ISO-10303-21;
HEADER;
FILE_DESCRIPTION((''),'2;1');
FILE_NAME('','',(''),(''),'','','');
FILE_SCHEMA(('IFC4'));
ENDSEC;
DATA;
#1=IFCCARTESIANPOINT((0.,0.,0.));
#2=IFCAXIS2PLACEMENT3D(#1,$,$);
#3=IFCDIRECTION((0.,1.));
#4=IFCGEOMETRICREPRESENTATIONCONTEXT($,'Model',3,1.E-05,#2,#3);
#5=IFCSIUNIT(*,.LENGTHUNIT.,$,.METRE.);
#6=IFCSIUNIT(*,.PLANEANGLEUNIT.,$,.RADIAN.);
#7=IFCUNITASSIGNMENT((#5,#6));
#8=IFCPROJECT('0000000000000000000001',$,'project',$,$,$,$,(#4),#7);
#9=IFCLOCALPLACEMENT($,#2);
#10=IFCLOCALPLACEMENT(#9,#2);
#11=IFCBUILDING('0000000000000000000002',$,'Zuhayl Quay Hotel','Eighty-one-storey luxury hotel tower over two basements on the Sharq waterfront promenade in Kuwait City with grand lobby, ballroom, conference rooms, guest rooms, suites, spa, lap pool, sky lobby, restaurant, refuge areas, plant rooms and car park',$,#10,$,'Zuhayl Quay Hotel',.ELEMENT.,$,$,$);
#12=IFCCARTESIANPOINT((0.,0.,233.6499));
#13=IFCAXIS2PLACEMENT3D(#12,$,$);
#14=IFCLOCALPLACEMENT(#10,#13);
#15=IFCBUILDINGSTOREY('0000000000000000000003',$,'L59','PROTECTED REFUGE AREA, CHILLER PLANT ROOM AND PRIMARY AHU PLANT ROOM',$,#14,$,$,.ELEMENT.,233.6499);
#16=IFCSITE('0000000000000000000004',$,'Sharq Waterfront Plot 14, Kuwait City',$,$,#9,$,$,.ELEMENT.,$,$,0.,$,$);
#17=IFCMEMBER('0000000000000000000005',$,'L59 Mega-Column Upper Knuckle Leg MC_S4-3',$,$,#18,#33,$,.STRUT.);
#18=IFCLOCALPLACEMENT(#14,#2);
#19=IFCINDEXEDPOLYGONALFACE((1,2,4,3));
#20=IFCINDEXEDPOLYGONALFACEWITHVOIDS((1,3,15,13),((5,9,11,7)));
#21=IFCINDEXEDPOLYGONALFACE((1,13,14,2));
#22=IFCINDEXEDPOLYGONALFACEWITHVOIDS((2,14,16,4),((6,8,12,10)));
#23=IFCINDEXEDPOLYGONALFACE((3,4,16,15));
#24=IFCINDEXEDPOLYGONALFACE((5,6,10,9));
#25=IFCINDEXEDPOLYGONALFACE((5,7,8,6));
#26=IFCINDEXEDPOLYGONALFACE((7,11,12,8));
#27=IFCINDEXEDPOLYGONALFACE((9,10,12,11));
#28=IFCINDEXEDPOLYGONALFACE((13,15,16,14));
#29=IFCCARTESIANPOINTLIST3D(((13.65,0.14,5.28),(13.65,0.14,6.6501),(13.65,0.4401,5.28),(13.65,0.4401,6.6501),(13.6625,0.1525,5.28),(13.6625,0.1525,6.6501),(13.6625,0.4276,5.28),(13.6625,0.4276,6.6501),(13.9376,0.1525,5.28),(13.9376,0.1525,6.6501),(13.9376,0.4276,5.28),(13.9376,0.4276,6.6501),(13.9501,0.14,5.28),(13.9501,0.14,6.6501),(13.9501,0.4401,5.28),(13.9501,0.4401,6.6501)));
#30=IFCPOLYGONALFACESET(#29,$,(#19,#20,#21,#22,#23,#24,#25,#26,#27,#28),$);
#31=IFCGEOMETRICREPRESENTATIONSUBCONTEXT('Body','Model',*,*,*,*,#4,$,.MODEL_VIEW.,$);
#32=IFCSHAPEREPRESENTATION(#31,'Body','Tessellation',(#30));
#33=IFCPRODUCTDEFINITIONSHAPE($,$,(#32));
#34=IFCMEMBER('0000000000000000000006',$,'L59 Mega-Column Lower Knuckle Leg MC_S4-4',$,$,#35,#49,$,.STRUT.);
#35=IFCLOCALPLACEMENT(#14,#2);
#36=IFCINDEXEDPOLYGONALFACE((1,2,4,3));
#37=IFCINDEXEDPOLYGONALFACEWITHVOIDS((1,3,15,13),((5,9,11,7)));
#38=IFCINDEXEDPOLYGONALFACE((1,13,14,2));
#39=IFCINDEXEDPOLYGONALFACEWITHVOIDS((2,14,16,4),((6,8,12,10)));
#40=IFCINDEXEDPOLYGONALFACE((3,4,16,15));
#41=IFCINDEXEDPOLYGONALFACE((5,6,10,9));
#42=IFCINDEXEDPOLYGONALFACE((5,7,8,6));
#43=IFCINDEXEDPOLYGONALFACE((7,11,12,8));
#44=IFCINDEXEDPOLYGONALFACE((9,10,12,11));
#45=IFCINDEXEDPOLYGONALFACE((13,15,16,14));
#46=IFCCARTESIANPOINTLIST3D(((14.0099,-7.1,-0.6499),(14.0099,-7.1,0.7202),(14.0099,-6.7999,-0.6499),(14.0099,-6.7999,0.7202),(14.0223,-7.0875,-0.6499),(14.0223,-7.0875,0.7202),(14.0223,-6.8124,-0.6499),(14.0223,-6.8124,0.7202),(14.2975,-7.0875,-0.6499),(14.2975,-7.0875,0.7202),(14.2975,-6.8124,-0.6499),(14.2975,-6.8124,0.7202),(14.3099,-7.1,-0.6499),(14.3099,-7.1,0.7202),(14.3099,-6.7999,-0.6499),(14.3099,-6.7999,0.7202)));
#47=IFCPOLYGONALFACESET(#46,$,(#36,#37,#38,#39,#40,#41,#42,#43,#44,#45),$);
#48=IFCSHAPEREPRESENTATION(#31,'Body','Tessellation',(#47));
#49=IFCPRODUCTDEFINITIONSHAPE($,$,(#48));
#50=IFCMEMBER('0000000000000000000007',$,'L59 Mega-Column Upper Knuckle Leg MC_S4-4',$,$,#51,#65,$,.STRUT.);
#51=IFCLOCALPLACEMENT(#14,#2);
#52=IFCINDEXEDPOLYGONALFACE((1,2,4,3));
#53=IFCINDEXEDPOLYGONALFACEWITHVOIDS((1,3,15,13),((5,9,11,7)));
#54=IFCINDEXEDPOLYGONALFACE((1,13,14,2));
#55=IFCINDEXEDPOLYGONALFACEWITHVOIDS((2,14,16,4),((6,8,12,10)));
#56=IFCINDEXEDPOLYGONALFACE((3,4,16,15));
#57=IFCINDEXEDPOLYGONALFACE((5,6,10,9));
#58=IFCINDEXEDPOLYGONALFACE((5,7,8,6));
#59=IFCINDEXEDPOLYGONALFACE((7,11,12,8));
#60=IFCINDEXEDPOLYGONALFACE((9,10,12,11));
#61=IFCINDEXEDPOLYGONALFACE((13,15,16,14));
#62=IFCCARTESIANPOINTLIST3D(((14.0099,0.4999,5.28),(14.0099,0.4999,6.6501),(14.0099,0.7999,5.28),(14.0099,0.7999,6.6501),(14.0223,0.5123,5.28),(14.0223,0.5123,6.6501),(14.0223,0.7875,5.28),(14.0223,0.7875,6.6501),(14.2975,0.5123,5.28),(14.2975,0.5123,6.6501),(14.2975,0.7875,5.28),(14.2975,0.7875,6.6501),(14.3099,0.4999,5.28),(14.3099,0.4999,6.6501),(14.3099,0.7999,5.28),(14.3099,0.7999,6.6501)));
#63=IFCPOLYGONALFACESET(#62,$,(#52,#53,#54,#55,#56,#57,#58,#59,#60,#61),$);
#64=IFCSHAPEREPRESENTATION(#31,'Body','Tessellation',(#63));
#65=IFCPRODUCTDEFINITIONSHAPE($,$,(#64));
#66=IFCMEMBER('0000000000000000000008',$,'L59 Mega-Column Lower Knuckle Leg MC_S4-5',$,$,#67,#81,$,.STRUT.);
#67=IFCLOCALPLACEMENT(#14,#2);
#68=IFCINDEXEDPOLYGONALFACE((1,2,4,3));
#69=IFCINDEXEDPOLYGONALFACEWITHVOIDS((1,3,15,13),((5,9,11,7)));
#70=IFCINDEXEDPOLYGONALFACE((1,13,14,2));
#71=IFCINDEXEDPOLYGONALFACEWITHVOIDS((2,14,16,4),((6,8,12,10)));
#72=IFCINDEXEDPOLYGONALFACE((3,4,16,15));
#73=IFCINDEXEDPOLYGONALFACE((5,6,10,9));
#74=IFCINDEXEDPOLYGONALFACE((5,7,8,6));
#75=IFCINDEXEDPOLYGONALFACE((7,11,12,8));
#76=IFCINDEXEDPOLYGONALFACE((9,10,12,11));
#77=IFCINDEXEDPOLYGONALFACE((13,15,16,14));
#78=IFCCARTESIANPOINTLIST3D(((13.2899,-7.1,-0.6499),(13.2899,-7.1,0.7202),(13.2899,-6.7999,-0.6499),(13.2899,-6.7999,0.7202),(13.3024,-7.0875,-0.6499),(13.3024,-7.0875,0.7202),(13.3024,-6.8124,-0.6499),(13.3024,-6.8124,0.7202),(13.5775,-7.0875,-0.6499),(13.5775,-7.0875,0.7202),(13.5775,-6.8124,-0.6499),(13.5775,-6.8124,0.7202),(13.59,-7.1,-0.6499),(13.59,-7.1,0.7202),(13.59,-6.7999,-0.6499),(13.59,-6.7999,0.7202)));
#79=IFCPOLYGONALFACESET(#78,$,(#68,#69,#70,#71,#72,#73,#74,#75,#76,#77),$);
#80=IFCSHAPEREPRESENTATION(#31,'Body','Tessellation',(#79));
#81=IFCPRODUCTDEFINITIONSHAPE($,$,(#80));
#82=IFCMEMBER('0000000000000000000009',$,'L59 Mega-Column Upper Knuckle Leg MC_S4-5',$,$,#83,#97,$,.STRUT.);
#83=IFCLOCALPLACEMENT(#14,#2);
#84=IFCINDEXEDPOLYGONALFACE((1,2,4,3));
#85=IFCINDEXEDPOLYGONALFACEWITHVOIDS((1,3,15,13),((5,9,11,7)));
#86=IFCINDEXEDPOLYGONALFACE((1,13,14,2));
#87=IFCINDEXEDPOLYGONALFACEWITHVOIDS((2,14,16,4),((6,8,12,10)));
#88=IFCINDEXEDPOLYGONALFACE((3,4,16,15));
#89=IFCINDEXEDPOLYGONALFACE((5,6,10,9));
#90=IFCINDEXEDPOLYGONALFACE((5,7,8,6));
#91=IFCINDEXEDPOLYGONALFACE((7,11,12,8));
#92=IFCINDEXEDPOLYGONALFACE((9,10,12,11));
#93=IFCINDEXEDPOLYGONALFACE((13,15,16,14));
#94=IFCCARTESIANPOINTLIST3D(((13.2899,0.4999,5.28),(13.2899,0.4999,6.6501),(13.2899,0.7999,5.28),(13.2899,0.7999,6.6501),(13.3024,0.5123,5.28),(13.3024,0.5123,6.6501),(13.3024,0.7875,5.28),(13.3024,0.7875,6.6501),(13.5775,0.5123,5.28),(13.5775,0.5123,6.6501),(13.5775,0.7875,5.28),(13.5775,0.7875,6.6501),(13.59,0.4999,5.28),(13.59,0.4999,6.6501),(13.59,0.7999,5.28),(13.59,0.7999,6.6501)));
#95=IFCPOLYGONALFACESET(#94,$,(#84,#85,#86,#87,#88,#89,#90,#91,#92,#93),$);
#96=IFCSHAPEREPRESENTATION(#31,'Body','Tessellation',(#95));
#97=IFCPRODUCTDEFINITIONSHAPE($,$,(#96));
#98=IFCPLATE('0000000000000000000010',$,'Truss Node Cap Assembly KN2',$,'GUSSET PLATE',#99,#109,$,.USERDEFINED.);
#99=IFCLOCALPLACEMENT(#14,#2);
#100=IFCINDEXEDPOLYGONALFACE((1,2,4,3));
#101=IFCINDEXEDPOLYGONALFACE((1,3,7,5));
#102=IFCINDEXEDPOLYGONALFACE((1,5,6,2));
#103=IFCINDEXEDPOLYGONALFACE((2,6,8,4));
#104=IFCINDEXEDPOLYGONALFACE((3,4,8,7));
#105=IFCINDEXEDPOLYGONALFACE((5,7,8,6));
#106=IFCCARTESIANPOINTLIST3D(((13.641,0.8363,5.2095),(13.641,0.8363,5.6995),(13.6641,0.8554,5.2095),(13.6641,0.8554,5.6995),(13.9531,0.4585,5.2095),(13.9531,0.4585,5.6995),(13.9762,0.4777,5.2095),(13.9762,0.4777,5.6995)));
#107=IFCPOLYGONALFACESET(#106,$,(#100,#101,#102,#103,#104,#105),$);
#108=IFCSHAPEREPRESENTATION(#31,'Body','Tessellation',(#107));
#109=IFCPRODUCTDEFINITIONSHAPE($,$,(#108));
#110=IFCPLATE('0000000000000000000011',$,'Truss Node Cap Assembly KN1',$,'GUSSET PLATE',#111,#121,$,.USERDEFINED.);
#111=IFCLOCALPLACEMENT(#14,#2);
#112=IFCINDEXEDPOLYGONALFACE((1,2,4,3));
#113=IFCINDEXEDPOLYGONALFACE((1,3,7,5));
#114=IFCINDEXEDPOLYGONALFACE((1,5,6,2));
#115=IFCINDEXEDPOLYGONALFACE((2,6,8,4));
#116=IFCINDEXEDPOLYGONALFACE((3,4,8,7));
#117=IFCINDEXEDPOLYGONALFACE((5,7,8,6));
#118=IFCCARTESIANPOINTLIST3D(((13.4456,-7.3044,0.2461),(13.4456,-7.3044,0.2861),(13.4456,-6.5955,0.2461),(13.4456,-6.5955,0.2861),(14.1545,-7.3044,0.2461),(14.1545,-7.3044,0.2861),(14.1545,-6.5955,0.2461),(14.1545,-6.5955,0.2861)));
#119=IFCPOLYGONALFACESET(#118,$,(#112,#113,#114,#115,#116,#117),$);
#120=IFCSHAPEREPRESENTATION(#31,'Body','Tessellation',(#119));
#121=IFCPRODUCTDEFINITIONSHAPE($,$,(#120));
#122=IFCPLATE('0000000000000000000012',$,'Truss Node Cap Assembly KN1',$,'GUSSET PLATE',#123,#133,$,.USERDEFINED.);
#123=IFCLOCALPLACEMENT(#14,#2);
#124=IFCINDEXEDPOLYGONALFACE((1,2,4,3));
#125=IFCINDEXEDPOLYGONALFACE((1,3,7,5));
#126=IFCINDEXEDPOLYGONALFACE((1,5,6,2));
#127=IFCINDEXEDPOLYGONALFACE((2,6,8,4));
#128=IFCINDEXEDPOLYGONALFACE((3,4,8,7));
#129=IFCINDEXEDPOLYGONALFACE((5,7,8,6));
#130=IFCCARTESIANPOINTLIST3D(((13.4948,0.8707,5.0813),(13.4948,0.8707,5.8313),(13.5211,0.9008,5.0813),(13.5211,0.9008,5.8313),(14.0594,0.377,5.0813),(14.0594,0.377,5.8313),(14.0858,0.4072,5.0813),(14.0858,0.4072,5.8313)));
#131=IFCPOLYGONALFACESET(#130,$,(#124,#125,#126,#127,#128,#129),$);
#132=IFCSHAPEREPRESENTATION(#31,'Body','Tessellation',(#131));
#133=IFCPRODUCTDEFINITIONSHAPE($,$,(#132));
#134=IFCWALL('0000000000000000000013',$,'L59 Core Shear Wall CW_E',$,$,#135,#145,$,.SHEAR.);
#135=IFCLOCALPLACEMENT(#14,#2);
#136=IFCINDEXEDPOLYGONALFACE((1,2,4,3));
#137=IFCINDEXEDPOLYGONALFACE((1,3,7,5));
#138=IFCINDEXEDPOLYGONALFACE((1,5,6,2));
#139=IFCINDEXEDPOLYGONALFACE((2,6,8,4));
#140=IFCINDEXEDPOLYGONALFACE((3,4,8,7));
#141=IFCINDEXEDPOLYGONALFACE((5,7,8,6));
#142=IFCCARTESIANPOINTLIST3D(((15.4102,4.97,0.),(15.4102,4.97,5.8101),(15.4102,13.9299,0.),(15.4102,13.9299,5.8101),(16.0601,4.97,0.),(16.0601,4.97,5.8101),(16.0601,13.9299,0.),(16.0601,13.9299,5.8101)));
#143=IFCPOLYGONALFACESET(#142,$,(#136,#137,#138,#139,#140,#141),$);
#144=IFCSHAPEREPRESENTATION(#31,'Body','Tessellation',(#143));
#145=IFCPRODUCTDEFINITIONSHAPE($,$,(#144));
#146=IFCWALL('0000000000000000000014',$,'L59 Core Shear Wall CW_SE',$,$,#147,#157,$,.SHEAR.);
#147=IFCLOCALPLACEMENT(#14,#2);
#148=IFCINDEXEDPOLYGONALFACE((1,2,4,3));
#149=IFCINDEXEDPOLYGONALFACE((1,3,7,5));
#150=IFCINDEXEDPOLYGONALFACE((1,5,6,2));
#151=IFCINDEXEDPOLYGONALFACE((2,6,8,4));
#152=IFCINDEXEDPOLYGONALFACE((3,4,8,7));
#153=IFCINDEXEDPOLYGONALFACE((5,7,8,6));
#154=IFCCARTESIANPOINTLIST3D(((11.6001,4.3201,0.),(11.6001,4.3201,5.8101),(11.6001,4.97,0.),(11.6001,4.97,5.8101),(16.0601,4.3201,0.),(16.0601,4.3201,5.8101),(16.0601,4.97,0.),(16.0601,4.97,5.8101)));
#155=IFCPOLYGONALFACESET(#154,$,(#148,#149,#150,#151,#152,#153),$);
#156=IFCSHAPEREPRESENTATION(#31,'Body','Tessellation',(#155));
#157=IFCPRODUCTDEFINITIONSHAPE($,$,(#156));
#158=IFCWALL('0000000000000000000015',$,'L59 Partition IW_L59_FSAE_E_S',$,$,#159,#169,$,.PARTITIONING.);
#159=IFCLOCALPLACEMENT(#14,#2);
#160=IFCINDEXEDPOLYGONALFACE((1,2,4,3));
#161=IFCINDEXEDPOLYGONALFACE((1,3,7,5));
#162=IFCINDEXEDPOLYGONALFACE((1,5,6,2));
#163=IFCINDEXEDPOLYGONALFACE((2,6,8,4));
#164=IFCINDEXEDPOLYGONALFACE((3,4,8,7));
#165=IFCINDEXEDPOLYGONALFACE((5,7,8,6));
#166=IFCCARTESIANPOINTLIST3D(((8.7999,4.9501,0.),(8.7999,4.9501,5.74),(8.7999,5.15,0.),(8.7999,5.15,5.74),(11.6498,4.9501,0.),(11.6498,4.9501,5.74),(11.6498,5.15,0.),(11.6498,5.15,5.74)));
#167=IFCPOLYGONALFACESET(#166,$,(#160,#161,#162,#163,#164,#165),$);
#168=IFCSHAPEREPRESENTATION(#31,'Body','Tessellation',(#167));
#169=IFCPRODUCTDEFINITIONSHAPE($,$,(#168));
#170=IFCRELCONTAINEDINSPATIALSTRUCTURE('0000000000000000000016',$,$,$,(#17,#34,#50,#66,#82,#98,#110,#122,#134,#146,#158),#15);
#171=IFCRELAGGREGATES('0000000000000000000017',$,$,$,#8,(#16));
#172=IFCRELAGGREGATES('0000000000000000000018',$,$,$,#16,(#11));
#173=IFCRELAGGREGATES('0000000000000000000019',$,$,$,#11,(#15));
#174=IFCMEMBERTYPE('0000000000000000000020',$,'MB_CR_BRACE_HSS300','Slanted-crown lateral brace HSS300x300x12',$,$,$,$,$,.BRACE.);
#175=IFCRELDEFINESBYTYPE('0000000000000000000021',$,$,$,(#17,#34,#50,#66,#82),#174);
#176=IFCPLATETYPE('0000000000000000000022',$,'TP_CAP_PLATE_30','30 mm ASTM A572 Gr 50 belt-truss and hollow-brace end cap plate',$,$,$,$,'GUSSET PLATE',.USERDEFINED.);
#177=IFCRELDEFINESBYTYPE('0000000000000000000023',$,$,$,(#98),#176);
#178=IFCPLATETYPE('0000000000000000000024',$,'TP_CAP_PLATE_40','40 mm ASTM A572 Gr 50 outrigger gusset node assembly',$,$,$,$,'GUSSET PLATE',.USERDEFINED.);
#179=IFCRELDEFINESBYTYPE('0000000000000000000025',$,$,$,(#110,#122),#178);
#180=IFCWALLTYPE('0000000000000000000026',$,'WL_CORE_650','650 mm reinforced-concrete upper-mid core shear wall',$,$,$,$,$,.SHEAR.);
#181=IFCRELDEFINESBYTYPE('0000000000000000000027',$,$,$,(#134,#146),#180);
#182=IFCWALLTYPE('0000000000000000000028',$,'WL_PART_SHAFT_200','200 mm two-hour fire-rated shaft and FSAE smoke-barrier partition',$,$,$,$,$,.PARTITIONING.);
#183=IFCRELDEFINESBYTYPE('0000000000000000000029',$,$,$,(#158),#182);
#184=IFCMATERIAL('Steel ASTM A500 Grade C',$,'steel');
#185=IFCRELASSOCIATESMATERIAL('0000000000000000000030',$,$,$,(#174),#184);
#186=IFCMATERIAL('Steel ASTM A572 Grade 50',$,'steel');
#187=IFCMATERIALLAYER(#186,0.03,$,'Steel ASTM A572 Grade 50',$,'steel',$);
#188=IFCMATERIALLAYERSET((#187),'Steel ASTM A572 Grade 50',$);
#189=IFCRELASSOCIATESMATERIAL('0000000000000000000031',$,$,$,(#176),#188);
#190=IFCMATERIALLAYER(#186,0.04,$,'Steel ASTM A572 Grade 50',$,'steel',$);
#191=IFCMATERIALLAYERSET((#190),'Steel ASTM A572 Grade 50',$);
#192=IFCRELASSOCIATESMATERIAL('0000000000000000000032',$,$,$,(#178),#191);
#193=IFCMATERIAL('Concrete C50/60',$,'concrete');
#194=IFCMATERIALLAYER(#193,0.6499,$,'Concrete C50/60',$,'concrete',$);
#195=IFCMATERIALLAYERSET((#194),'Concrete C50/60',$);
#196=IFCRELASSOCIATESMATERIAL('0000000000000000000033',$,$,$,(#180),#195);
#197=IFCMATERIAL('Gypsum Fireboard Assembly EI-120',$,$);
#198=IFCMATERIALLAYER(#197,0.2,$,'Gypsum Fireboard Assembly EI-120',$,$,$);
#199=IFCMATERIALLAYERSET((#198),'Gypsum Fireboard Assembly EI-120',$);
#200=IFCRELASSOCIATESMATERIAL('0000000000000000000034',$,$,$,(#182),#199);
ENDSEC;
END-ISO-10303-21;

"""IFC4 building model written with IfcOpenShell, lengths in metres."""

from ifc_helpers import new_model, si_unit, direction, frame, frame_2d, origin, origin_2d, place, context, subcontext, project, spatial, rectangle, hollow_rectangle, extrude, material, layer, layer_set, material_profile, profile_set, type_object, element, save


model = new_model("IFC4")

# Units and contexts
model_context = context("Model", 3, precision=1e-05, world=origin(), true_north=direction((0.0, 1.0)))
body_context = subcontext(model_context, "Body", "Model", "MODEL_VIEW")
ifc_project = project(units=[si_unit("LENGTHUNIT", "METRE"), si_unit("PLANEANGLEUNIT", "RADIAN")], contexts=[model_context])

# Site, building, storey
site_placement = place(None, origin())
site = spatial("IfcSite", under=ifc_project, at=site_placement, Name="Sharq Waterfront Plot 14, Kuwait City", CompositionType="ELEMENT", RefElevation=0.0)
building_placement = place(site_placement, origin())
building = spatial("IfcBuilding", under=site, at=building_placement, Name="Zuhayl Quay Hotel", Description="Eighty-one-storey luxury hotel tower over two basements on the Sharq waterfront promenade in Kuwait City with grand lobby, ballroom, conference rooms, guest rooms, suites, spa, lap pool, sky lobby, restaurant, refuge areas, plant rooms and car park", LongName="Zuhayl Quay Hotel", CompositionType="ELEMENT")
storey_placement = place(building_placement, frame((0.0, 0.0, 233.6499)))
storey = spatial("IfcBuildingStorey", under=building, at=storey_placement, Name="L59", Description="PROTECTED REFUGE AREA, CHILLER PLANT ROOM AND PRIMARY AHU PLANT ROOM", CompositionType="ELEMENT", Elevation=233.6499)

# Members
ifc_material_1 = material(Name="Steel ASTM A500 Grade C", Category="steel")
ifc_material_profile_1 = material_profile(ifc_material_1, hollow_rectangle(XDim=0.3, YDim=0.3, WallThickness=0.0125, at=origin_2d()), Name="HSS300X300X12")
ifc_profile_set_1 = profile_set([ifc_material_profile_1], Name="Steel ASTM A500 Grade C")
member_type = type_object("IfcMemberType", Name="MB_CR_BRACE_HSS300", Description="Slanted-crown lateral brace HSS300x300x12", PredefinedType="BRACE", material=ifc_profile_set_1)
for number, where, z_axis, x_axis, name in (
    (1, (13.8, 0.29, 5.28), (0.0, 0.0, 1.0), (1.0, 0.0, 0.0), "L59 Mega-Column Upper Knuckle Leg MC_S4-3"),
    (2, (14.1599, -6.95, -0.6499), (0.0, 0.0, 1.0), (1.0, 0.0, 0.0), "L59 Mega-Column Lower Knuckle Leg MC_S4-4"),
    (3, (14.1599, 0.6499, 5.28), (0.0, 0.0, 1.0), (1.0, 0.0, 0.0), "L59 Mega-Column Upper Knuckle Leg MC_S4-4"),
    (4, (13.4399, -6.95, -0.6499), (0.0, 0.0, 1.0), (1.0, 0.0, 0.0), "L59 Mega-Column Lower Knuckle Leg MC_S4-5"),
    (5, (13.4399, 0.6499, 5.28), (0.0, 0.0, 1.0), (1.0, 0.0, 0.0), "L59 Mega-Column Upper Knuckle Leg MC_S4-5"),
):
    element("IfcMember", number, at=place(storey_placement, frame(where, z_axis=z_axis, x_axis=x_axis)), inside=storey, type_object=member_type, Name=name, PredefinedType="STRUT", context=body_context, shape_type="SweptSolid", body=[
        extrude(hollow_rectangle(XDim=0.3, YDim=0.3, WallThickness=0.0125, at=origin_2d()), origin(), (0.0, 0.0, 1.0), 1.3701),
    ])

# Plates
ifc_material_2 = material(Name="Steel ASTM A572 Grade 50", Category="steel")
ifc_layer_1 = layer(ifc_material_2, 0.03, Name="Steel ASTM A572 Grade 50", Category="steel")
ifc_layer_set_1 = layer_set([ifc_layer_1], Name="Steel ASTM A572 Grade 50")
plate_type_1 = type_object("IfcPlateType", Name="TP_CAP_PLATE_30", Description="30 mm ASTM A572 Gr 50 belt-truss and hollow-brace end cap plate", ElementType="GUSSET PLATE", PredefinedType="USERDEFINED", material=ifc_layer_set_1)
plate_1_placement = place(storey_placement, frame((13.8086, 0.657, 5.2095), z_axis=(0.0, 0.0, 1.0), x_axis=(0.770958, 0.636886, 0.0)))
element("IfcPlate", 6, at=plate_1_placement, inside=storey, type_object=plate_type_1, Name="Truss Node Cap Assembly KN2", ObjectType="GUSSET PLATE", PredefinedType="USERDEFINED", context=body_context, shape_type="SweptSolid", body=[
    extrude(rectangle(XDim=0.03, YDim=0.49, at=origin_2d()), origin(), (0.0, 0.0, 1.0), 0.49),
])
ifc_layer_2 = layer(ifc_material_2, 0.04, Name="Steel ASTM A572 Grade 50", Category="steel")
ifc_layer_set_2 = layer_set([ifc_layer_2], Name="Steel ASTM A572 Grade 50")
plate_type_2 = type_object("IfcPlateType", Name="TP_CAP_PLATE_40", Description="40 mm ASTM A572 Gr 50 outrigger gusset node assembly", ElementType="GUSSET PLATE", PredefinedType="USERDEFINED", material=ifc_layer_set_2)
plate_2_placement = place(storey_placement, frame((13.8, -6.95, 0.2461), z_axis=(0.0, 0.0, 1.0), x_axis=(1.0, 0.0, 0.0)))
element("IfcPlate", 7, at=plate_2_placement, inside=storey, type_object=plate_type_2, Name="Truss Node Cap Assembly KN1", ObjectType="GUSSET PLATE", PredefinedType="USERDEFINED", context=body_context, shape_type="SweptSolid", body=[
    extrude(rectangle(XDim=0.709, YDim=0.709, at=origin_2d()), origin(), (0.0, 0.0, 1.0), 0.04),
])
plate_3_placement = place(storey_placement, frame((13.7903, 0.6389, 5.0813), z_axis=(0.0, 0.0, 1.0), x_axis=(-0.658164, -0.752875, 0.0)))
element("IfcPlate", 8, at=plate_3_placement, inside=storey, type_object=plate_type_2, Name="Truss Node Cap Assembly KN1", ObjectType="GUSSET PLATE", PredefinedType="USERDEFINED", context=body_context, shape_type="SweptSolid", body=[
    extrude(rectangle(XDim=0.04, YDim=0.75, at=origin_2d()), origin(), (0.0, 0.0, 1.0), 0.75),
])

# Walls
ifc_material_3 = material(Name="Concrete C50/60", Category="concrete")
ifc_layer_3 = layer(ifc_material_3, 0.6499, Name="Concrete C50/60", Category="concrete")
ifc_layer_set_3 = layer_set([ifc_layer_3], Name="Concrete C50/60")
wall_type_1 = type_object("IfcWallType", Name="WL_CORE_650", Description="650 mm reinforced-concrete upper-mid core shear wall", PredefinedType="SHEAR", material=ifc_layer_set_3)
wall_1_placement = place(storey_placement, frame((15.7351, 4.97, 0.0), z_axis=(0.0, 0.0, 1.0), x_axis=(0.0, 1.0, 0.0)))
element("IfcWall", 9, at=wall_1_placement, inside=storey, type_object=wall_type_1, Name="L59 Core Shear Wall CW_E", PredefinedType="SHEAR", context=body_context, shape_type="SweptSolid", body=[
    extrude(rectangle(XDim=8.96, YDim=0.6499, at=frame_2d((4.48, 0.0))), origin(), (0.0, 0.0, 1.0), 5.8101),
])
wall_2_placement = place(storey_placement, frame((11.6001, 4.645, 0.0), z_axis=(0.0, 0.0, 1.0), x_axis=(1.0, 0.0, 0.0)))
element("IfcWall", 10, at=wall_2_placement, inside=storey, type_object=wall_type_1, Name="L59 Core Shear Wall CW_SE", PredefinedType="SHEAR", context=body_context, shape_type="SweptSolid", body=[
    extrude(rectangle(XDim=4.46, YDim=0.6499, at=frame_2d((2.23, 0.0))), origin(), (0.0, 0.0, 1.0), 5.8101),
])
ifc_material_4 = material(Name="Gypsum Fireboard Assembly EI-120")
ifc_layer_4 = layer(ifc_material_4, 0.2, Name="Gypsum Fireboard Assembly EI-120")
ifc_layer_set_4 = layer_set([ifc_layer_4], Name="Gypsum Fireboard Assembly EI-120")
wall_type_2 = type_object("IfcWallType", Name="WL_PART_SHAFT_200", Description="200 mm two-hour fire-rated shaft and FSAE smoke-barrier partition", PredefinedType="PARTITIONING", material=ifc_layer_set_4)
wall_3_placement = place(storey_placement, frame((8.8, 5.05, 0.0), z_axis=(0.0, 0.0, 1.0), x_axis=(1.0, 0.0, 0.0)))
element("IfcWall", 11, at=wall_3_placement, inside=storey, type_object=wall_type_2, Name="L59 Partition IW_L59_FSAE_E_S", PredefinedType="PARTITIONING", context=body_context, shape_type="SweptSolid", body=[
    extrude(rectangle(XDim=2.8499, YDim=0.2, at=frame_2d((1.4248, 0.0))), origin(), (0.0, 0.0, 1.0), 5.74),
])

save(model, "model.ifc")
